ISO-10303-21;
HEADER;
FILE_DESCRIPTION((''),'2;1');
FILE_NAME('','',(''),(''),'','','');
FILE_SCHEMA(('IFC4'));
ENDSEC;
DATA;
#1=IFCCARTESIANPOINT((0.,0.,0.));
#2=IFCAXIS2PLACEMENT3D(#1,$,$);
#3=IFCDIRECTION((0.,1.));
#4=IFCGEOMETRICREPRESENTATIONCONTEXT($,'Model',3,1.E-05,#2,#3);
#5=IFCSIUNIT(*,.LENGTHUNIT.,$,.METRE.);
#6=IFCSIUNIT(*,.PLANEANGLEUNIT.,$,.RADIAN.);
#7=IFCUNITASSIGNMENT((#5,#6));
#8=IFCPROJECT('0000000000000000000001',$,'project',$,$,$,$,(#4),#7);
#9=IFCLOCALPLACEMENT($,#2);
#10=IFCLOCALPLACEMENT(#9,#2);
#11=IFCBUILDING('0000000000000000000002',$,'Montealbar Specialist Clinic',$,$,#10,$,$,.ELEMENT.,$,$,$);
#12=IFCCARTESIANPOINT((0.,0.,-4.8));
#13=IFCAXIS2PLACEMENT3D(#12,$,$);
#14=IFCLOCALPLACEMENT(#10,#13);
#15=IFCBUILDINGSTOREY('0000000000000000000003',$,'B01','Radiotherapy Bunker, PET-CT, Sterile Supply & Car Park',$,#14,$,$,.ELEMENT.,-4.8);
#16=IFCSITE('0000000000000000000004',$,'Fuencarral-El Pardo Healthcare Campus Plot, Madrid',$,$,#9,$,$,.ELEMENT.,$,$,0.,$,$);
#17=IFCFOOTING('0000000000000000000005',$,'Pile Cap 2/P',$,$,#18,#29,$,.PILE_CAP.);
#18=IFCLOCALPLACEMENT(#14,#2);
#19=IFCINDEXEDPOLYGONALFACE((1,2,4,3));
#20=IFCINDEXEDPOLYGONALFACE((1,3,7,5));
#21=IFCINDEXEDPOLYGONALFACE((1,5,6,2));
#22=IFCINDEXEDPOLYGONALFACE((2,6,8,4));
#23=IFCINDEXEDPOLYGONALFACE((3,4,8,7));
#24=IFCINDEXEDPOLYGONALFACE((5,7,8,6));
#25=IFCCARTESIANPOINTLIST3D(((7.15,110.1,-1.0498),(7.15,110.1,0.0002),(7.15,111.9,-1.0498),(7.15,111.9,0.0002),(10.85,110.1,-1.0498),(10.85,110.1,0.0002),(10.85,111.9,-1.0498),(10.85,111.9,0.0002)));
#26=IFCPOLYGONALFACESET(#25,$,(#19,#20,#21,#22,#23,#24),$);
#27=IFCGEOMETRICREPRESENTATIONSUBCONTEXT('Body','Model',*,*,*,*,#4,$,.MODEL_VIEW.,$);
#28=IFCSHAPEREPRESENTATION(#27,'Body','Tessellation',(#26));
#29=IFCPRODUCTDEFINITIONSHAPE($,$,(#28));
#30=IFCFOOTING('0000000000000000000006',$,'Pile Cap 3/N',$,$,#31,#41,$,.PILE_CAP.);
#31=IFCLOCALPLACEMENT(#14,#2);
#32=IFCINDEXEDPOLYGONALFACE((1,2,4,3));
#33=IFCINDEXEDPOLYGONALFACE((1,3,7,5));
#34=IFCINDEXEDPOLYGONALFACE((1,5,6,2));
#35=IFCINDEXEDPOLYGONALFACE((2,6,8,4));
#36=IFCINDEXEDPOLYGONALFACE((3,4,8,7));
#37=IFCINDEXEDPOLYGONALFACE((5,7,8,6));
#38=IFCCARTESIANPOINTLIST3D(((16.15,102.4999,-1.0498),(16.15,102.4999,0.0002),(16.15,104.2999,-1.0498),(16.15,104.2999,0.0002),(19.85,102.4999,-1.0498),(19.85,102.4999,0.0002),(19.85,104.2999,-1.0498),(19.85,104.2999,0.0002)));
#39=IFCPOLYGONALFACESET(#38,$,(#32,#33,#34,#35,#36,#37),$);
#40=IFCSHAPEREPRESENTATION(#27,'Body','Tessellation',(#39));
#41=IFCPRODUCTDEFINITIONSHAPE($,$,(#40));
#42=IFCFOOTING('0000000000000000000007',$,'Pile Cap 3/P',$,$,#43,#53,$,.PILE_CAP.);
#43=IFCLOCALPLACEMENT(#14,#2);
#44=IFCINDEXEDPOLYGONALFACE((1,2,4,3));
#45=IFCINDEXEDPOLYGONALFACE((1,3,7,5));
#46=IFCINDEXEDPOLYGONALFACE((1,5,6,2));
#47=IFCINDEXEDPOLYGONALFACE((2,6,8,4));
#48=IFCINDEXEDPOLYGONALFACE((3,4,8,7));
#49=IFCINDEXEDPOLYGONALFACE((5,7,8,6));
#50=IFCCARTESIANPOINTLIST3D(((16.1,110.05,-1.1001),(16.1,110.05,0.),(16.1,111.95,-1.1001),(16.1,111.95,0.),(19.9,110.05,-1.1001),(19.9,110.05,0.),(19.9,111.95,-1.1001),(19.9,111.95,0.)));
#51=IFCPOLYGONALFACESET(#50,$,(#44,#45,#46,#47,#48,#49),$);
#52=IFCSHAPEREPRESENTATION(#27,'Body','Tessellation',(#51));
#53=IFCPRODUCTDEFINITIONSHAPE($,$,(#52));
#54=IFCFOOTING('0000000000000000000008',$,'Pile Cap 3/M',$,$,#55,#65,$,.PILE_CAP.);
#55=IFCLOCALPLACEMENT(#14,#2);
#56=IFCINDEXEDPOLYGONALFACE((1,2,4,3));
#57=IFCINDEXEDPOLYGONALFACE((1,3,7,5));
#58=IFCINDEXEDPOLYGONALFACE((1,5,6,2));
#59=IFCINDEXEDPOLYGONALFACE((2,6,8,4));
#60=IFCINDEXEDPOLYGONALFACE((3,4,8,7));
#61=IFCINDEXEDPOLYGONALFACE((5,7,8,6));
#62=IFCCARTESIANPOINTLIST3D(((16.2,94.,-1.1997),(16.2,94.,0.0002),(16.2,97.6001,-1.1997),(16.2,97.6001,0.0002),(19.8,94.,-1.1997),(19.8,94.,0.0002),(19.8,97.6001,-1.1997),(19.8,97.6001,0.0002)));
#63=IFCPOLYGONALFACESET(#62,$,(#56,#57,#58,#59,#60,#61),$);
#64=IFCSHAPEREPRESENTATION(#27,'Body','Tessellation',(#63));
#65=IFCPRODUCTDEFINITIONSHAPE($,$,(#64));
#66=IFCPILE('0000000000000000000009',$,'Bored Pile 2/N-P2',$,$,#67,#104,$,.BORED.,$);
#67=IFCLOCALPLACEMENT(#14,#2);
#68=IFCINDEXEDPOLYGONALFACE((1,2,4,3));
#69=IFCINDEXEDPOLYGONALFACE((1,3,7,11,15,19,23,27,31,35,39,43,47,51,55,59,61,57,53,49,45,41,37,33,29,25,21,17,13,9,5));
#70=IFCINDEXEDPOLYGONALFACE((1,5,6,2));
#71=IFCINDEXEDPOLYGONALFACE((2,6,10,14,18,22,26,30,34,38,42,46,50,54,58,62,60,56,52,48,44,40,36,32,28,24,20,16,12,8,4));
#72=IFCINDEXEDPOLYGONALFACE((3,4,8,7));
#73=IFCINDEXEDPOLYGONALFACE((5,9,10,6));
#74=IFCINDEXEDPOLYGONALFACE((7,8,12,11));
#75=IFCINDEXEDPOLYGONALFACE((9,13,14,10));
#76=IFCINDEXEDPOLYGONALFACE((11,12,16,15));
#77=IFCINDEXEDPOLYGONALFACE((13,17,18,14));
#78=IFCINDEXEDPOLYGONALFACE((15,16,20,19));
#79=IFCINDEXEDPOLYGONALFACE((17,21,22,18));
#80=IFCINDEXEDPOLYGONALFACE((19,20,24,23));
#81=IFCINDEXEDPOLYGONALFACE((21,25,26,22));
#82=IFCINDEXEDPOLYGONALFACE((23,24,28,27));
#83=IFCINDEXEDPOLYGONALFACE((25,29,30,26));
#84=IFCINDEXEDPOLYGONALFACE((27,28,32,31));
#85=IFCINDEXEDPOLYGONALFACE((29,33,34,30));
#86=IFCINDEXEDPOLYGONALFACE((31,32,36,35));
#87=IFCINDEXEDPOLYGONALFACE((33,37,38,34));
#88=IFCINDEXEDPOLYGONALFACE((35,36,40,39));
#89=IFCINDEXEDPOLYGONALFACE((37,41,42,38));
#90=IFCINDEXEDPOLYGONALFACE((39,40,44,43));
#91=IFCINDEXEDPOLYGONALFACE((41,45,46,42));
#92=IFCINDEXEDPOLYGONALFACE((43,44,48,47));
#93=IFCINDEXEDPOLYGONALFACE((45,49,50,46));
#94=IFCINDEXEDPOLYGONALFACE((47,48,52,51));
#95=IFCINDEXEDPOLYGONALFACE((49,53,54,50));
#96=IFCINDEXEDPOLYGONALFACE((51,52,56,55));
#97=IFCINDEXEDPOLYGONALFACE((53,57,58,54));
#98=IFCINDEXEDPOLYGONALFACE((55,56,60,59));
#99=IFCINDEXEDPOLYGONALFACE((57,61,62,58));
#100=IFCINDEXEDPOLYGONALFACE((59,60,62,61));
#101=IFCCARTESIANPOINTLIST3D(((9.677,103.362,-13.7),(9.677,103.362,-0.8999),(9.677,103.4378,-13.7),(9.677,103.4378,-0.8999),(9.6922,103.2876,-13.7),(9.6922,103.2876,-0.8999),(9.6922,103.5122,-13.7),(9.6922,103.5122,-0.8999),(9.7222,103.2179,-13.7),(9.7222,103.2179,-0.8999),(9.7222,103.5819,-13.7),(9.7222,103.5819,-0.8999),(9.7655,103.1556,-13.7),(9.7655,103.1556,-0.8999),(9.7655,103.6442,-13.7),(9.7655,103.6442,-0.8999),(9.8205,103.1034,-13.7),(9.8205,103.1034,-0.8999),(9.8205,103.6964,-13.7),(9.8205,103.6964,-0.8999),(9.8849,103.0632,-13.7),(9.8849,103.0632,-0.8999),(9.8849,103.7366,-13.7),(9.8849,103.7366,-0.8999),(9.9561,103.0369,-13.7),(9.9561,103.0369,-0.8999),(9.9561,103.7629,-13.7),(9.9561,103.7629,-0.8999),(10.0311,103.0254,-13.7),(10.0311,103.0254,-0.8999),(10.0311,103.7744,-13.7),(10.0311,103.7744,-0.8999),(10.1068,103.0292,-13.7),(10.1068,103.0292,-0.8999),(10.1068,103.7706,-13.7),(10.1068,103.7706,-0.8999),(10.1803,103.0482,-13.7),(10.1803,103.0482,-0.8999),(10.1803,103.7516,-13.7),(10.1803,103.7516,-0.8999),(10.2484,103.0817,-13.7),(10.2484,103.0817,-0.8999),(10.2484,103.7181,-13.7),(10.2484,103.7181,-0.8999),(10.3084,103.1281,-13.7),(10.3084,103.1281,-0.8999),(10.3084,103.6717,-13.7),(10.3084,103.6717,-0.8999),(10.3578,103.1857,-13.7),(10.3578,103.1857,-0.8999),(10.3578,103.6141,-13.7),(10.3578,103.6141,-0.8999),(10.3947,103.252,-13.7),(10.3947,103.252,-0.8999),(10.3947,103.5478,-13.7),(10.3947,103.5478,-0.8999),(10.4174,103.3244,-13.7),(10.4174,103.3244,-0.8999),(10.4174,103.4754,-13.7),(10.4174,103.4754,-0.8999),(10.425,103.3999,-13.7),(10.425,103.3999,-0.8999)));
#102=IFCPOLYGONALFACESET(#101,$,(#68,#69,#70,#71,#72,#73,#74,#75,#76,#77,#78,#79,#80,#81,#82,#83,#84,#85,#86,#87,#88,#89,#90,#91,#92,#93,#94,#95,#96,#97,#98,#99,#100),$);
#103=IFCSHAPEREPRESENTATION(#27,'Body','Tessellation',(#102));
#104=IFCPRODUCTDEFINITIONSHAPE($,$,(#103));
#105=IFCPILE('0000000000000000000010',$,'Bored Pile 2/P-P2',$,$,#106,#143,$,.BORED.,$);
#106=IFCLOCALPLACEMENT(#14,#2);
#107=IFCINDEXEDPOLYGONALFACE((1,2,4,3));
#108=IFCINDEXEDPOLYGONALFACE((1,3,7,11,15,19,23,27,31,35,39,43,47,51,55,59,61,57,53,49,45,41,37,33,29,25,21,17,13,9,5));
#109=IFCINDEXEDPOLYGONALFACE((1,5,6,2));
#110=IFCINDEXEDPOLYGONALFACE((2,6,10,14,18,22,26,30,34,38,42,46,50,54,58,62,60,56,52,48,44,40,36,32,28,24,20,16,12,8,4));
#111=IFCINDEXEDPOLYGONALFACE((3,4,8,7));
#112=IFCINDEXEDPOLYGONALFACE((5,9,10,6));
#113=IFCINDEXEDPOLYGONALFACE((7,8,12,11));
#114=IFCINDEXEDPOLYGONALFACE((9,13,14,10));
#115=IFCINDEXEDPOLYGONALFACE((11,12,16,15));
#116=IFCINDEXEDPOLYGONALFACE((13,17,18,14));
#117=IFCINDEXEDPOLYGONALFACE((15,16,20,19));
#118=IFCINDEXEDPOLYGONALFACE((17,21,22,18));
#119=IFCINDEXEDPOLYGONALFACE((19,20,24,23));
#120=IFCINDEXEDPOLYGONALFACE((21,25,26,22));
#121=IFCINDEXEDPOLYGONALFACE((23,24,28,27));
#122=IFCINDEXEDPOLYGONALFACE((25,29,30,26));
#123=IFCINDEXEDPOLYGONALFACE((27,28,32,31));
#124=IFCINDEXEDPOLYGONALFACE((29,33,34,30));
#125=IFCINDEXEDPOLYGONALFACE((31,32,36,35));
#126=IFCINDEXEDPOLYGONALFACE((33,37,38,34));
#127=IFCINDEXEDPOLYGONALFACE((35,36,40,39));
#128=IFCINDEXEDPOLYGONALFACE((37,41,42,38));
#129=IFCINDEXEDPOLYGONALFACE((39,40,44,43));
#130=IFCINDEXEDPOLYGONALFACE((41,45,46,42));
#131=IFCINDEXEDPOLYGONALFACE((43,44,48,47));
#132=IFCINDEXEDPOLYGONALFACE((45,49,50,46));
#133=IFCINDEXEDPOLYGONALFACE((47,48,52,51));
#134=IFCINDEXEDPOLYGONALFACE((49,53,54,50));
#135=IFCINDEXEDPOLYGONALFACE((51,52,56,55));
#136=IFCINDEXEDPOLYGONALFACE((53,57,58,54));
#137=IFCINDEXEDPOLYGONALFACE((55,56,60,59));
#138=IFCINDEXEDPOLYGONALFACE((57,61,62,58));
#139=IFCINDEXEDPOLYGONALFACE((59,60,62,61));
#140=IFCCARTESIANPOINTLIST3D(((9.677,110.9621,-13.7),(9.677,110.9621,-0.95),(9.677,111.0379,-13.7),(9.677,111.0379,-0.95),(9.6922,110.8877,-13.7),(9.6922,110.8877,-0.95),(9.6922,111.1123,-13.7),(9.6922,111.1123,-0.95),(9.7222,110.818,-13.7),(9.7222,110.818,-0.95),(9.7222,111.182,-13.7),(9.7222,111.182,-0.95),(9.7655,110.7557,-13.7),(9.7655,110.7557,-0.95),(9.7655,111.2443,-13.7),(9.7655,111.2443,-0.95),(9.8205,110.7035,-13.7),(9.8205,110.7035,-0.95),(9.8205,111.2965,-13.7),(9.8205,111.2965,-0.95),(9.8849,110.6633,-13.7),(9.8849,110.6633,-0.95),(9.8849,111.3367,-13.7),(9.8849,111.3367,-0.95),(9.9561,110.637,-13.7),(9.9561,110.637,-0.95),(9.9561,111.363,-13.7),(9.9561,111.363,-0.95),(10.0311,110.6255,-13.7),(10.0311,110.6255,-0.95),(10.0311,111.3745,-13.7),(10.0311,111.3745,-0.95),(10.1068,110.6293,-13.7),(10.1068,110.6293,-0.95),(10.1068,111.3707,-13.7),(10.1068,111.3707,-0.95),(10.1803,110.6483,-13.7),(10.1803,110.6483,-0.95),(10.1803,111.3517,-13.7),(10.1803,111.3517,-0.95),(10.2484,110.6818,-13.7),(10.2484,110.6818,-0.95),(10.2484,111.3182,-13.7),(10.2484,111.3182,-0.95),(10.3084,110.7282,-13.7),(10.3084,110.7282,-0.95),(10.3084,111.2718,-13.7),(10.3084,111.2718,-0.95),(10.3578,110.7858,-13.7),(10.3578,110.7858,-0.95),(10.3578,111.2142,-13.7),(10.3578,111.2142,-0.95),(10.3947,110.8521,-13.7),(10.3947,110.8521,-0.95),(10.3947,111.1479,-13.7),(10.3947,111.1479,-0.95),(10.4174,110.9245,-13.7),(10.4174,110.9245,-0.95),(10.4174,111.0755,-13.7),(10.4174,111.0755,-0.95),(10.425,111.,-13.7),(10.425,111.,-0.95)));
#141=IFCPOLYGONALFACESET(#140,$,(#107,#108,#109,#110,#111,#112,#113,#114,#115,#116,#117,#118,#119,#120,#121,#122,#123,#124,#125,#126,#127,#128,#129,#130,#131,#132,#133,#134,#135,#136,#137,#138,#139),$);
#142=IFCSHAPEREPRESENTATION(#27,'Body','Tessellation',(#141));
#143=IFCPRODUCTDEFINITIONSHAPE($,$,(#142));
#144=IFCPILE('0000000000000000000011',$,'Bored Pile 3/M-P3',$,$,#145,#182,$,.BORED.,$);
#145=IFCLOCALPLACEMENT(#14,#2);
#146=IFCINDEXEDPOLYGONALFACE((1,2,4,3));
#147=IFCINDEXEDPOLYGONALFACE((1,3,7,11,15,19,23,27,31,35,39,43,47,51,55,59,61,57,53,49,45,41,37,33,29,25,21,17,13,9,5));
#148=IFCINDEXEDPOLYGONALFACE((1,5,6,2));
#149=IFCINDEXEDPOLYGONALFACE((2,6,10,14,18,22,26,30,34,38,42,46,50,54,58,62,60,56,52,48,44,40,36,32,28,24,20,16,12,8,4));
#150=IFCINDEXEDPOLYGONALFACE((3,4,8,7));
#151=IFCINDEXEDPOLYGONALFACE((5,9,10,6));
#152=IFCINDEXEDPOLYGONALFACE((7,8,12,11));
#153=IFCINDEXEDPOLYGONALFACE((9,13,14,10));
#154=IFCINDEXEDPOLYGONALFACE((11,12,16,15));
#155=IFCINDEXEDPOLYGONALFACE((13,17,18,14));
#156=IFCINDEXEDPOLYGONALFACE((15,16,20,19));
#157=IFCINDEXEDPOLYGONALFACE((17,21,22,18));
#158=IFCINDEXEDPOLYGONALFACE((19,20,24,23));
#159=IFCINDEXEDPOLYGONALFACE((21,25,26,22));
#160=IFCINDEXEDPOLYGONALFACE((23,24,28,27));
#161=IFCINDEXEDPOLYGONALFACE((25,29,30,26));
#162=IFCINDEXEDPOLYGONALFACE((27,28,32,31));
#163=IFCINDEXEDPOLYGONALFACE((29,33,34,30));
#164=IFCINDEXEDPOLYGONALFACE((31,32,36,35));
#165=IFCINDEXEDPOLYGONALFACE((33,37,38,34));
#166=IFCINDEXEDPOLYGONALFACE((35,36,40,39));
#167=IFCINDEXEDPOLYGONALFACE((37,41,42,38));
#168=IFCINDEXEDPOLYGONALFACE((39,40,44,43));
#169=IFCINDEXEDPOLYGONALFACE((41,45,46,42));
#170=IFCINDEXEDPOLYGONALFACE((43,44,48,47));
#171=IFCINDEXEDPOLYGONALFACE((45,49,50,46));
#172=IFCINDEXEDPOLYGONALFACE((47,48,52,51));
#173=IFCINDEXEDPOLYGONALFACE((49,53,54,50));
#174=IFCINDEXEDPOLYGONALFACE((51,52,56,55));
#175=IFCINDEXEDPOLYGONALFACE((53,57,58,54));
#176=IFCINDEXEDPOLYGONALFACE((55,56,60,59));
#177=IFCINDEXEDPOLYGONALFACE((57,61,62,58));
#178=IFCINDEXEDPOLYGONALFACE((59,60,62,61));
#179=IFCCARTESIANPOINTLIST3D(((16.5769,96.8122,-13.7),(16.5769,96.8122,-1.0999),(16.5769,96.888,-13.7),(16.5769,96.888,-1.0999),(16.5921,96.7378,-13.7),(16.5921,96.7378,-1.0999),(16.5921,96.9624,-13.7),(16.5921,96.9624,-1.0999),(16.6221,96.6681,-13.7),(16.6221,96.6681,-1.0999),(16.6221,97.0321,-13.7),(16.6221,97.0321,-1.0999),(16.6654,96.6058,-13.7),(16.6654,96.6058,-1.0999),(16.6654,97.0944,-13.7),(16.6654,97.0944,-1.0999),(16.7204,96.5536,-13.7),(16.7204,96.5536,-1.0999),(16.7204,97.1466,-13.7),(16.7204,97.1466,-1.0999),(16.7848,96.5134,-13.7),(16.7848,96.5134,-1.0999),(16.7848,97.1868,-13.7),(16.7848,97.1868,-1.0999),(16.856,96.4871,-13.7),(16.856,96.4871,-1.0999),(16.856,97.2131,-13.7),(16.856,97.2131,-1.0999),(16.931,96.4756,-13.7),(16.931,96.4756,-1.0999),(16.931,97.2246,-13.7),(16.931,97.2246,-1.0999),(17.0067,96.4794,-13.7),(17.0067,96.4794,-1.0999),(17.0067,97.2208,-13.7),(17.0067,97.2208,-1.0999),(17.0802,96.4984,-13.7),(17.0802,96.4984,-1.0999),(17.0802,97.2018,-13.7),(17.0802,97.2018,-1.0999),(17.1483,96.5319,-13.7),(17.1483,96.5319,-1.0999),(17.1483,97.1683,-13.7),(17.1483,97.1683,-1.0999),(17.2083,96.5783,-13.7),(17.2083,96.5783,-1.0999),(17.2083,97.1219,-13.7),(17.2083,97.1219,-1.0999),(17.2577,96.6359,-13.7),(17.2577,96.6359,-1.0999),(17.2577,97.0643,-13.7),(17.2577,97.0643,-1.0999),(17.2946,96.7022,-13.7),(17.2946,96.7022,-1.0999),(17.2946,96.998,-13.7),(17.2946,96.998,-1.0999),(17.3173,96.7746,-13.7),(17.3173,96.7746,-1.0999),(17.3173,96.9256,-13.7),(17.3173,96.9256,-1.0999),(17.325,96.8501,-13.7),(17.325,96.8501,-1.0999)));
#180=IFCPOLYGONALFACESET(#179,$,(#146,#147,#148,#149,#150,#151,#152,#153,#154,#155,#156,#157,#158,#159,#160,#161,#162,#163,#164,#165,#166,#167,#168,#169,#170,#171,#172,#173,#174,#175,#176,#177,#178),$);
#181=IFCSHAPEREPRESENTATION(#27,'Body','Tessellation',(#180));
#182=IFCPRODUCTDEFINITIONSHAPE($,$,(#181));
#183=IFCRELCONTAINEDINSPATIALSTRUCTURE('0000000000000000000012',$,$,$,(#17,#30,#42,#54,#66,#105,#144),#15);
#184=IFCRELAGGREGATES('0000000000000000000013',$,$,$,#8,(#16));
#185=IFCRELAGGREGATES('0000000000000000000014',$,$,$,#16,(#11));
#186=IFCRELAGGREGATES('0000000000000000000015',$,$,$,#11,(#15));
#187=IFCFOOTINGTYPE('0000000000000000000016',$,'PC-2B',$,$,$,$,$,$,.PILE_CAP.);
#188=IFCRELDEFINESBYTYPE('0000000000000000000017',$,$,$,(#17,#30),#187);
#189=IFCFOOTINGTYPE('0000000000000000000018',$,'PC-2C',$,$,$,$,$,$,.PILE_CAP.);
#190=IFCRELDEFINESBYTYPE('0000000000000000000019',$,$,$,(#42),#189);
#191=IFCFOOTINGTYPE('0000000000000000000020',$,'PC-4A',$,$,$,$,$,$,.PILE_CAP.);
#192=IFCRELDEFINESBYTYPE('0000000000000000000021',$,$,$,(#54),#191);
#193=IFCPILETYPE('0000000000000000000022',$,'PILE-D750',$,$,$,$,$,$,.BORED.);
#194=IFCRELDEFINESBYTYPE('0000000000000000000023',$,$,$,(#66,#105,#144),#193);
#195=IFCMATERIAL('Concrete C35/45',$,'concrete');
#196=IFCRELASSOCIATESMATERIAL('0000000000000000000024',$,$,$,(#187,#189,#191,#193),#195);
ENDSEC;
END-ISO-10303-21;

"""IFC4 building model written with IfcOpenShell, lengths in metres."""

from ifc_helpers import new_model, si_unit, direction, frame, origin, origin_2d, place, context, subcontext, project, spatial, rectangle, circle, extrude, material, material_profile, profile_set, type_object, element, save


model = new_model("IFC4")

# Units and contexts
model_context = context("Model", 3, precision=1e-05, world=origin(), true_north=direction((0.0, 1.0)))
body_context = subcontext(model_context, "Body", "Model", "MODEL_VIEW")
ifc_project = project(units=[si_unit("LENGTHUNIT", "METRE"), si_unit("PLANEANGLEUNIT", "RADIAN")], contexts=[model_context])

# Site, building, storey
site_placement = place(None, origin())
site = spatial("IfcSite", under=ifc_project, at=site_placement, Name="Fuencarral-El Pardo Healthcare Campus Plot, Madrid", CompositionType="ELEMENT", RefElevation=0.0)
building_placement = place(site_placement, origin())
building = spatial("IfcBuilding", under=site, at=building_placement, Name="Montealbar Specialist Clinic", CompositionType="ELEMENT")
storey_placement = place(building_placement, frame((0.0, 0.0, -4.8)))
storey = spatial("IfcBuildingStorey", under=building, at=storey_placement, Name="B01", Description="Radiotherapy Bunker, PET-CT, Sterile Supply & Car Park", CompositionType="ELEMENT", Elevation=-4.8)

# Footings
ifc_material_1 = material(Name="Concrete C35/45", Category="concrete")
footing_type_1 = type_object("IfcFootingType", Name="PC-2B", PredefinedType="PILE_CAP", material=ifc_material_1)
for number, where, z_axis, x_axis, name in (
    (1, (9.0, 111.0, -1.0498), (0.0, 0.0, 1.0), (1.0, 0.0, 0.0), "Pile Cap 2/P"),
    (2, (18.0, 103.3999, -1.0498), (0.0, 0.0, 1.0), (1.0, 0.0, 0.0), "Pile Cap 3/N"),
):
    element("IfcFooting", number, at=place(storey_placement, frame(where, z_axis=z_axis, x_axis=x_axis)), inside=storey, type_object=footing_type_1, Name=name, PredefinedType="PILE_CAP", context=body_context, shape_type="SweptSolid", body=[
        extrude(rectangle(XDim=3.7, YDim=1.8, at=origin_2d()), origin(), (0.0, 0.0, 1.0), 1.05),
    ])
footing_type_2 = type_object("IfcFootingType", Name="PC-2C", PredefinedType="PILE_CAP", material=ifc_material_1)
footing_1_placement = place(storey_placement, frame((18.0, 111.0, -1.1001), z_axis=(0.0, 0.0, 1.0), x_axis=(1.0, 0.0, 0.0)))
element("IfcFooting", 3, at=footing_1_placement, inside=storey, type_object=footing_type_2, Name="Pile Cap 3/P", PredefinedType="PILE_CAP", context=body_context, shape_type="SweptSolid", body=[
    extrude(rectangle(XDim=3.8, YDim=1.8999, at=origin_2d()), origin(), (0.0, 0.0, 1.0), 1.1001),
])
footing_type_3 = type_object("IfcFootingType", Name="PC-4A", PredefinedType="PILE_CAP", material=ifc_material_1)
footing_2_placement = place(storey_placement, frame((18.0, 95.8, -1.1997), z_axis=(0.0, 0.0, 1.0), x_axis=(1.0, 0.0, 0.0)))
element("IfcFooting", 4, at=footing_2_placement, inside=storey, type_object=footing_type_3, Name="Pile Cap 3/M", PredefinedType="PILE_CAP", context=body_context, shape_type="SweptSolid", body=[
    extrude(rectangle(XDim=3.6001, YDim=3.6001, at=origin_2d()), origin(), (0.0, 0.0, 1.0), 1.2),
])

# Piles
ifc_material_profile_1 = material_profile(ifc_material_1, circle(Radius=0.375, at=origin_2d()), Name="PILE D750", Category="concrete")
ifc_profile_set_1 = profile_set([ifc_material_profile_1], Name="Concrete C35/45")
pile_type = type_object("IfcPileType", Name="PILE-D750", PredefinedType="BORED", material=ifc_profile_set_1)
pile_1_placement = place(storey_placement, frame((10.05, 103.3999, -0.8999), z_axis=(0.0, 0.0, -1.0), x_axis=(1.0, 0.0, 0.0)))
element("IfcPile", 5, at=pile_1_placement, inside=storey, type_object=pile_type, Name="Bored Pile 2/N-P2", PredefinedType="BORED", context=body_context, shape_type="SweptSolid", body=[
    extrude(circle(Radius=0.375, at=origin_2d()), origin(), (0.0, 0.0, 1.0), 12.8),
])
pile_2_placement = place(storey_placement, frame((10.05, 111.0, -0.95), z_axis=(0.0, 0.0, -1.0), x_axis=(1.0, 0.0, 0.0)))
element("IfcPile", 6, at=pile_2_placement, inside=storey, type_object=pile_type, Name="Bored Pile 2/P-P2", PredefinedType="BORED", context=body_context, shape_type="SweptSolid", body=[
    extrude(circle(Radius=0.375, at=origin_2d()), origin(), (0.0, 0.0, 1.0), 12.75),
])
for number, where, z_axis, x_axis, name in (
    (7, (16.95, 96.8501, -1.0999), (0.0, 0.0, -1.0), (1.0, 0.0, 0.0), "Bored Pile 3/M-P3"),
):
    element("IfcPile", number, at=place(storey_placement, frame(where, z_axis=z_axis, x_axis=x_axis)), inside=storey, type_object=pile_type, Name=name, PredefinedType="BORED", context=body_context, shape_type="SweptSolid", body=[
        extrude(circle(Radius=0.375, at=origin_2d()), origin(), (0.0, 0.0, 1.0), 12.6001),
    ])

save(model, "model.ifc")
